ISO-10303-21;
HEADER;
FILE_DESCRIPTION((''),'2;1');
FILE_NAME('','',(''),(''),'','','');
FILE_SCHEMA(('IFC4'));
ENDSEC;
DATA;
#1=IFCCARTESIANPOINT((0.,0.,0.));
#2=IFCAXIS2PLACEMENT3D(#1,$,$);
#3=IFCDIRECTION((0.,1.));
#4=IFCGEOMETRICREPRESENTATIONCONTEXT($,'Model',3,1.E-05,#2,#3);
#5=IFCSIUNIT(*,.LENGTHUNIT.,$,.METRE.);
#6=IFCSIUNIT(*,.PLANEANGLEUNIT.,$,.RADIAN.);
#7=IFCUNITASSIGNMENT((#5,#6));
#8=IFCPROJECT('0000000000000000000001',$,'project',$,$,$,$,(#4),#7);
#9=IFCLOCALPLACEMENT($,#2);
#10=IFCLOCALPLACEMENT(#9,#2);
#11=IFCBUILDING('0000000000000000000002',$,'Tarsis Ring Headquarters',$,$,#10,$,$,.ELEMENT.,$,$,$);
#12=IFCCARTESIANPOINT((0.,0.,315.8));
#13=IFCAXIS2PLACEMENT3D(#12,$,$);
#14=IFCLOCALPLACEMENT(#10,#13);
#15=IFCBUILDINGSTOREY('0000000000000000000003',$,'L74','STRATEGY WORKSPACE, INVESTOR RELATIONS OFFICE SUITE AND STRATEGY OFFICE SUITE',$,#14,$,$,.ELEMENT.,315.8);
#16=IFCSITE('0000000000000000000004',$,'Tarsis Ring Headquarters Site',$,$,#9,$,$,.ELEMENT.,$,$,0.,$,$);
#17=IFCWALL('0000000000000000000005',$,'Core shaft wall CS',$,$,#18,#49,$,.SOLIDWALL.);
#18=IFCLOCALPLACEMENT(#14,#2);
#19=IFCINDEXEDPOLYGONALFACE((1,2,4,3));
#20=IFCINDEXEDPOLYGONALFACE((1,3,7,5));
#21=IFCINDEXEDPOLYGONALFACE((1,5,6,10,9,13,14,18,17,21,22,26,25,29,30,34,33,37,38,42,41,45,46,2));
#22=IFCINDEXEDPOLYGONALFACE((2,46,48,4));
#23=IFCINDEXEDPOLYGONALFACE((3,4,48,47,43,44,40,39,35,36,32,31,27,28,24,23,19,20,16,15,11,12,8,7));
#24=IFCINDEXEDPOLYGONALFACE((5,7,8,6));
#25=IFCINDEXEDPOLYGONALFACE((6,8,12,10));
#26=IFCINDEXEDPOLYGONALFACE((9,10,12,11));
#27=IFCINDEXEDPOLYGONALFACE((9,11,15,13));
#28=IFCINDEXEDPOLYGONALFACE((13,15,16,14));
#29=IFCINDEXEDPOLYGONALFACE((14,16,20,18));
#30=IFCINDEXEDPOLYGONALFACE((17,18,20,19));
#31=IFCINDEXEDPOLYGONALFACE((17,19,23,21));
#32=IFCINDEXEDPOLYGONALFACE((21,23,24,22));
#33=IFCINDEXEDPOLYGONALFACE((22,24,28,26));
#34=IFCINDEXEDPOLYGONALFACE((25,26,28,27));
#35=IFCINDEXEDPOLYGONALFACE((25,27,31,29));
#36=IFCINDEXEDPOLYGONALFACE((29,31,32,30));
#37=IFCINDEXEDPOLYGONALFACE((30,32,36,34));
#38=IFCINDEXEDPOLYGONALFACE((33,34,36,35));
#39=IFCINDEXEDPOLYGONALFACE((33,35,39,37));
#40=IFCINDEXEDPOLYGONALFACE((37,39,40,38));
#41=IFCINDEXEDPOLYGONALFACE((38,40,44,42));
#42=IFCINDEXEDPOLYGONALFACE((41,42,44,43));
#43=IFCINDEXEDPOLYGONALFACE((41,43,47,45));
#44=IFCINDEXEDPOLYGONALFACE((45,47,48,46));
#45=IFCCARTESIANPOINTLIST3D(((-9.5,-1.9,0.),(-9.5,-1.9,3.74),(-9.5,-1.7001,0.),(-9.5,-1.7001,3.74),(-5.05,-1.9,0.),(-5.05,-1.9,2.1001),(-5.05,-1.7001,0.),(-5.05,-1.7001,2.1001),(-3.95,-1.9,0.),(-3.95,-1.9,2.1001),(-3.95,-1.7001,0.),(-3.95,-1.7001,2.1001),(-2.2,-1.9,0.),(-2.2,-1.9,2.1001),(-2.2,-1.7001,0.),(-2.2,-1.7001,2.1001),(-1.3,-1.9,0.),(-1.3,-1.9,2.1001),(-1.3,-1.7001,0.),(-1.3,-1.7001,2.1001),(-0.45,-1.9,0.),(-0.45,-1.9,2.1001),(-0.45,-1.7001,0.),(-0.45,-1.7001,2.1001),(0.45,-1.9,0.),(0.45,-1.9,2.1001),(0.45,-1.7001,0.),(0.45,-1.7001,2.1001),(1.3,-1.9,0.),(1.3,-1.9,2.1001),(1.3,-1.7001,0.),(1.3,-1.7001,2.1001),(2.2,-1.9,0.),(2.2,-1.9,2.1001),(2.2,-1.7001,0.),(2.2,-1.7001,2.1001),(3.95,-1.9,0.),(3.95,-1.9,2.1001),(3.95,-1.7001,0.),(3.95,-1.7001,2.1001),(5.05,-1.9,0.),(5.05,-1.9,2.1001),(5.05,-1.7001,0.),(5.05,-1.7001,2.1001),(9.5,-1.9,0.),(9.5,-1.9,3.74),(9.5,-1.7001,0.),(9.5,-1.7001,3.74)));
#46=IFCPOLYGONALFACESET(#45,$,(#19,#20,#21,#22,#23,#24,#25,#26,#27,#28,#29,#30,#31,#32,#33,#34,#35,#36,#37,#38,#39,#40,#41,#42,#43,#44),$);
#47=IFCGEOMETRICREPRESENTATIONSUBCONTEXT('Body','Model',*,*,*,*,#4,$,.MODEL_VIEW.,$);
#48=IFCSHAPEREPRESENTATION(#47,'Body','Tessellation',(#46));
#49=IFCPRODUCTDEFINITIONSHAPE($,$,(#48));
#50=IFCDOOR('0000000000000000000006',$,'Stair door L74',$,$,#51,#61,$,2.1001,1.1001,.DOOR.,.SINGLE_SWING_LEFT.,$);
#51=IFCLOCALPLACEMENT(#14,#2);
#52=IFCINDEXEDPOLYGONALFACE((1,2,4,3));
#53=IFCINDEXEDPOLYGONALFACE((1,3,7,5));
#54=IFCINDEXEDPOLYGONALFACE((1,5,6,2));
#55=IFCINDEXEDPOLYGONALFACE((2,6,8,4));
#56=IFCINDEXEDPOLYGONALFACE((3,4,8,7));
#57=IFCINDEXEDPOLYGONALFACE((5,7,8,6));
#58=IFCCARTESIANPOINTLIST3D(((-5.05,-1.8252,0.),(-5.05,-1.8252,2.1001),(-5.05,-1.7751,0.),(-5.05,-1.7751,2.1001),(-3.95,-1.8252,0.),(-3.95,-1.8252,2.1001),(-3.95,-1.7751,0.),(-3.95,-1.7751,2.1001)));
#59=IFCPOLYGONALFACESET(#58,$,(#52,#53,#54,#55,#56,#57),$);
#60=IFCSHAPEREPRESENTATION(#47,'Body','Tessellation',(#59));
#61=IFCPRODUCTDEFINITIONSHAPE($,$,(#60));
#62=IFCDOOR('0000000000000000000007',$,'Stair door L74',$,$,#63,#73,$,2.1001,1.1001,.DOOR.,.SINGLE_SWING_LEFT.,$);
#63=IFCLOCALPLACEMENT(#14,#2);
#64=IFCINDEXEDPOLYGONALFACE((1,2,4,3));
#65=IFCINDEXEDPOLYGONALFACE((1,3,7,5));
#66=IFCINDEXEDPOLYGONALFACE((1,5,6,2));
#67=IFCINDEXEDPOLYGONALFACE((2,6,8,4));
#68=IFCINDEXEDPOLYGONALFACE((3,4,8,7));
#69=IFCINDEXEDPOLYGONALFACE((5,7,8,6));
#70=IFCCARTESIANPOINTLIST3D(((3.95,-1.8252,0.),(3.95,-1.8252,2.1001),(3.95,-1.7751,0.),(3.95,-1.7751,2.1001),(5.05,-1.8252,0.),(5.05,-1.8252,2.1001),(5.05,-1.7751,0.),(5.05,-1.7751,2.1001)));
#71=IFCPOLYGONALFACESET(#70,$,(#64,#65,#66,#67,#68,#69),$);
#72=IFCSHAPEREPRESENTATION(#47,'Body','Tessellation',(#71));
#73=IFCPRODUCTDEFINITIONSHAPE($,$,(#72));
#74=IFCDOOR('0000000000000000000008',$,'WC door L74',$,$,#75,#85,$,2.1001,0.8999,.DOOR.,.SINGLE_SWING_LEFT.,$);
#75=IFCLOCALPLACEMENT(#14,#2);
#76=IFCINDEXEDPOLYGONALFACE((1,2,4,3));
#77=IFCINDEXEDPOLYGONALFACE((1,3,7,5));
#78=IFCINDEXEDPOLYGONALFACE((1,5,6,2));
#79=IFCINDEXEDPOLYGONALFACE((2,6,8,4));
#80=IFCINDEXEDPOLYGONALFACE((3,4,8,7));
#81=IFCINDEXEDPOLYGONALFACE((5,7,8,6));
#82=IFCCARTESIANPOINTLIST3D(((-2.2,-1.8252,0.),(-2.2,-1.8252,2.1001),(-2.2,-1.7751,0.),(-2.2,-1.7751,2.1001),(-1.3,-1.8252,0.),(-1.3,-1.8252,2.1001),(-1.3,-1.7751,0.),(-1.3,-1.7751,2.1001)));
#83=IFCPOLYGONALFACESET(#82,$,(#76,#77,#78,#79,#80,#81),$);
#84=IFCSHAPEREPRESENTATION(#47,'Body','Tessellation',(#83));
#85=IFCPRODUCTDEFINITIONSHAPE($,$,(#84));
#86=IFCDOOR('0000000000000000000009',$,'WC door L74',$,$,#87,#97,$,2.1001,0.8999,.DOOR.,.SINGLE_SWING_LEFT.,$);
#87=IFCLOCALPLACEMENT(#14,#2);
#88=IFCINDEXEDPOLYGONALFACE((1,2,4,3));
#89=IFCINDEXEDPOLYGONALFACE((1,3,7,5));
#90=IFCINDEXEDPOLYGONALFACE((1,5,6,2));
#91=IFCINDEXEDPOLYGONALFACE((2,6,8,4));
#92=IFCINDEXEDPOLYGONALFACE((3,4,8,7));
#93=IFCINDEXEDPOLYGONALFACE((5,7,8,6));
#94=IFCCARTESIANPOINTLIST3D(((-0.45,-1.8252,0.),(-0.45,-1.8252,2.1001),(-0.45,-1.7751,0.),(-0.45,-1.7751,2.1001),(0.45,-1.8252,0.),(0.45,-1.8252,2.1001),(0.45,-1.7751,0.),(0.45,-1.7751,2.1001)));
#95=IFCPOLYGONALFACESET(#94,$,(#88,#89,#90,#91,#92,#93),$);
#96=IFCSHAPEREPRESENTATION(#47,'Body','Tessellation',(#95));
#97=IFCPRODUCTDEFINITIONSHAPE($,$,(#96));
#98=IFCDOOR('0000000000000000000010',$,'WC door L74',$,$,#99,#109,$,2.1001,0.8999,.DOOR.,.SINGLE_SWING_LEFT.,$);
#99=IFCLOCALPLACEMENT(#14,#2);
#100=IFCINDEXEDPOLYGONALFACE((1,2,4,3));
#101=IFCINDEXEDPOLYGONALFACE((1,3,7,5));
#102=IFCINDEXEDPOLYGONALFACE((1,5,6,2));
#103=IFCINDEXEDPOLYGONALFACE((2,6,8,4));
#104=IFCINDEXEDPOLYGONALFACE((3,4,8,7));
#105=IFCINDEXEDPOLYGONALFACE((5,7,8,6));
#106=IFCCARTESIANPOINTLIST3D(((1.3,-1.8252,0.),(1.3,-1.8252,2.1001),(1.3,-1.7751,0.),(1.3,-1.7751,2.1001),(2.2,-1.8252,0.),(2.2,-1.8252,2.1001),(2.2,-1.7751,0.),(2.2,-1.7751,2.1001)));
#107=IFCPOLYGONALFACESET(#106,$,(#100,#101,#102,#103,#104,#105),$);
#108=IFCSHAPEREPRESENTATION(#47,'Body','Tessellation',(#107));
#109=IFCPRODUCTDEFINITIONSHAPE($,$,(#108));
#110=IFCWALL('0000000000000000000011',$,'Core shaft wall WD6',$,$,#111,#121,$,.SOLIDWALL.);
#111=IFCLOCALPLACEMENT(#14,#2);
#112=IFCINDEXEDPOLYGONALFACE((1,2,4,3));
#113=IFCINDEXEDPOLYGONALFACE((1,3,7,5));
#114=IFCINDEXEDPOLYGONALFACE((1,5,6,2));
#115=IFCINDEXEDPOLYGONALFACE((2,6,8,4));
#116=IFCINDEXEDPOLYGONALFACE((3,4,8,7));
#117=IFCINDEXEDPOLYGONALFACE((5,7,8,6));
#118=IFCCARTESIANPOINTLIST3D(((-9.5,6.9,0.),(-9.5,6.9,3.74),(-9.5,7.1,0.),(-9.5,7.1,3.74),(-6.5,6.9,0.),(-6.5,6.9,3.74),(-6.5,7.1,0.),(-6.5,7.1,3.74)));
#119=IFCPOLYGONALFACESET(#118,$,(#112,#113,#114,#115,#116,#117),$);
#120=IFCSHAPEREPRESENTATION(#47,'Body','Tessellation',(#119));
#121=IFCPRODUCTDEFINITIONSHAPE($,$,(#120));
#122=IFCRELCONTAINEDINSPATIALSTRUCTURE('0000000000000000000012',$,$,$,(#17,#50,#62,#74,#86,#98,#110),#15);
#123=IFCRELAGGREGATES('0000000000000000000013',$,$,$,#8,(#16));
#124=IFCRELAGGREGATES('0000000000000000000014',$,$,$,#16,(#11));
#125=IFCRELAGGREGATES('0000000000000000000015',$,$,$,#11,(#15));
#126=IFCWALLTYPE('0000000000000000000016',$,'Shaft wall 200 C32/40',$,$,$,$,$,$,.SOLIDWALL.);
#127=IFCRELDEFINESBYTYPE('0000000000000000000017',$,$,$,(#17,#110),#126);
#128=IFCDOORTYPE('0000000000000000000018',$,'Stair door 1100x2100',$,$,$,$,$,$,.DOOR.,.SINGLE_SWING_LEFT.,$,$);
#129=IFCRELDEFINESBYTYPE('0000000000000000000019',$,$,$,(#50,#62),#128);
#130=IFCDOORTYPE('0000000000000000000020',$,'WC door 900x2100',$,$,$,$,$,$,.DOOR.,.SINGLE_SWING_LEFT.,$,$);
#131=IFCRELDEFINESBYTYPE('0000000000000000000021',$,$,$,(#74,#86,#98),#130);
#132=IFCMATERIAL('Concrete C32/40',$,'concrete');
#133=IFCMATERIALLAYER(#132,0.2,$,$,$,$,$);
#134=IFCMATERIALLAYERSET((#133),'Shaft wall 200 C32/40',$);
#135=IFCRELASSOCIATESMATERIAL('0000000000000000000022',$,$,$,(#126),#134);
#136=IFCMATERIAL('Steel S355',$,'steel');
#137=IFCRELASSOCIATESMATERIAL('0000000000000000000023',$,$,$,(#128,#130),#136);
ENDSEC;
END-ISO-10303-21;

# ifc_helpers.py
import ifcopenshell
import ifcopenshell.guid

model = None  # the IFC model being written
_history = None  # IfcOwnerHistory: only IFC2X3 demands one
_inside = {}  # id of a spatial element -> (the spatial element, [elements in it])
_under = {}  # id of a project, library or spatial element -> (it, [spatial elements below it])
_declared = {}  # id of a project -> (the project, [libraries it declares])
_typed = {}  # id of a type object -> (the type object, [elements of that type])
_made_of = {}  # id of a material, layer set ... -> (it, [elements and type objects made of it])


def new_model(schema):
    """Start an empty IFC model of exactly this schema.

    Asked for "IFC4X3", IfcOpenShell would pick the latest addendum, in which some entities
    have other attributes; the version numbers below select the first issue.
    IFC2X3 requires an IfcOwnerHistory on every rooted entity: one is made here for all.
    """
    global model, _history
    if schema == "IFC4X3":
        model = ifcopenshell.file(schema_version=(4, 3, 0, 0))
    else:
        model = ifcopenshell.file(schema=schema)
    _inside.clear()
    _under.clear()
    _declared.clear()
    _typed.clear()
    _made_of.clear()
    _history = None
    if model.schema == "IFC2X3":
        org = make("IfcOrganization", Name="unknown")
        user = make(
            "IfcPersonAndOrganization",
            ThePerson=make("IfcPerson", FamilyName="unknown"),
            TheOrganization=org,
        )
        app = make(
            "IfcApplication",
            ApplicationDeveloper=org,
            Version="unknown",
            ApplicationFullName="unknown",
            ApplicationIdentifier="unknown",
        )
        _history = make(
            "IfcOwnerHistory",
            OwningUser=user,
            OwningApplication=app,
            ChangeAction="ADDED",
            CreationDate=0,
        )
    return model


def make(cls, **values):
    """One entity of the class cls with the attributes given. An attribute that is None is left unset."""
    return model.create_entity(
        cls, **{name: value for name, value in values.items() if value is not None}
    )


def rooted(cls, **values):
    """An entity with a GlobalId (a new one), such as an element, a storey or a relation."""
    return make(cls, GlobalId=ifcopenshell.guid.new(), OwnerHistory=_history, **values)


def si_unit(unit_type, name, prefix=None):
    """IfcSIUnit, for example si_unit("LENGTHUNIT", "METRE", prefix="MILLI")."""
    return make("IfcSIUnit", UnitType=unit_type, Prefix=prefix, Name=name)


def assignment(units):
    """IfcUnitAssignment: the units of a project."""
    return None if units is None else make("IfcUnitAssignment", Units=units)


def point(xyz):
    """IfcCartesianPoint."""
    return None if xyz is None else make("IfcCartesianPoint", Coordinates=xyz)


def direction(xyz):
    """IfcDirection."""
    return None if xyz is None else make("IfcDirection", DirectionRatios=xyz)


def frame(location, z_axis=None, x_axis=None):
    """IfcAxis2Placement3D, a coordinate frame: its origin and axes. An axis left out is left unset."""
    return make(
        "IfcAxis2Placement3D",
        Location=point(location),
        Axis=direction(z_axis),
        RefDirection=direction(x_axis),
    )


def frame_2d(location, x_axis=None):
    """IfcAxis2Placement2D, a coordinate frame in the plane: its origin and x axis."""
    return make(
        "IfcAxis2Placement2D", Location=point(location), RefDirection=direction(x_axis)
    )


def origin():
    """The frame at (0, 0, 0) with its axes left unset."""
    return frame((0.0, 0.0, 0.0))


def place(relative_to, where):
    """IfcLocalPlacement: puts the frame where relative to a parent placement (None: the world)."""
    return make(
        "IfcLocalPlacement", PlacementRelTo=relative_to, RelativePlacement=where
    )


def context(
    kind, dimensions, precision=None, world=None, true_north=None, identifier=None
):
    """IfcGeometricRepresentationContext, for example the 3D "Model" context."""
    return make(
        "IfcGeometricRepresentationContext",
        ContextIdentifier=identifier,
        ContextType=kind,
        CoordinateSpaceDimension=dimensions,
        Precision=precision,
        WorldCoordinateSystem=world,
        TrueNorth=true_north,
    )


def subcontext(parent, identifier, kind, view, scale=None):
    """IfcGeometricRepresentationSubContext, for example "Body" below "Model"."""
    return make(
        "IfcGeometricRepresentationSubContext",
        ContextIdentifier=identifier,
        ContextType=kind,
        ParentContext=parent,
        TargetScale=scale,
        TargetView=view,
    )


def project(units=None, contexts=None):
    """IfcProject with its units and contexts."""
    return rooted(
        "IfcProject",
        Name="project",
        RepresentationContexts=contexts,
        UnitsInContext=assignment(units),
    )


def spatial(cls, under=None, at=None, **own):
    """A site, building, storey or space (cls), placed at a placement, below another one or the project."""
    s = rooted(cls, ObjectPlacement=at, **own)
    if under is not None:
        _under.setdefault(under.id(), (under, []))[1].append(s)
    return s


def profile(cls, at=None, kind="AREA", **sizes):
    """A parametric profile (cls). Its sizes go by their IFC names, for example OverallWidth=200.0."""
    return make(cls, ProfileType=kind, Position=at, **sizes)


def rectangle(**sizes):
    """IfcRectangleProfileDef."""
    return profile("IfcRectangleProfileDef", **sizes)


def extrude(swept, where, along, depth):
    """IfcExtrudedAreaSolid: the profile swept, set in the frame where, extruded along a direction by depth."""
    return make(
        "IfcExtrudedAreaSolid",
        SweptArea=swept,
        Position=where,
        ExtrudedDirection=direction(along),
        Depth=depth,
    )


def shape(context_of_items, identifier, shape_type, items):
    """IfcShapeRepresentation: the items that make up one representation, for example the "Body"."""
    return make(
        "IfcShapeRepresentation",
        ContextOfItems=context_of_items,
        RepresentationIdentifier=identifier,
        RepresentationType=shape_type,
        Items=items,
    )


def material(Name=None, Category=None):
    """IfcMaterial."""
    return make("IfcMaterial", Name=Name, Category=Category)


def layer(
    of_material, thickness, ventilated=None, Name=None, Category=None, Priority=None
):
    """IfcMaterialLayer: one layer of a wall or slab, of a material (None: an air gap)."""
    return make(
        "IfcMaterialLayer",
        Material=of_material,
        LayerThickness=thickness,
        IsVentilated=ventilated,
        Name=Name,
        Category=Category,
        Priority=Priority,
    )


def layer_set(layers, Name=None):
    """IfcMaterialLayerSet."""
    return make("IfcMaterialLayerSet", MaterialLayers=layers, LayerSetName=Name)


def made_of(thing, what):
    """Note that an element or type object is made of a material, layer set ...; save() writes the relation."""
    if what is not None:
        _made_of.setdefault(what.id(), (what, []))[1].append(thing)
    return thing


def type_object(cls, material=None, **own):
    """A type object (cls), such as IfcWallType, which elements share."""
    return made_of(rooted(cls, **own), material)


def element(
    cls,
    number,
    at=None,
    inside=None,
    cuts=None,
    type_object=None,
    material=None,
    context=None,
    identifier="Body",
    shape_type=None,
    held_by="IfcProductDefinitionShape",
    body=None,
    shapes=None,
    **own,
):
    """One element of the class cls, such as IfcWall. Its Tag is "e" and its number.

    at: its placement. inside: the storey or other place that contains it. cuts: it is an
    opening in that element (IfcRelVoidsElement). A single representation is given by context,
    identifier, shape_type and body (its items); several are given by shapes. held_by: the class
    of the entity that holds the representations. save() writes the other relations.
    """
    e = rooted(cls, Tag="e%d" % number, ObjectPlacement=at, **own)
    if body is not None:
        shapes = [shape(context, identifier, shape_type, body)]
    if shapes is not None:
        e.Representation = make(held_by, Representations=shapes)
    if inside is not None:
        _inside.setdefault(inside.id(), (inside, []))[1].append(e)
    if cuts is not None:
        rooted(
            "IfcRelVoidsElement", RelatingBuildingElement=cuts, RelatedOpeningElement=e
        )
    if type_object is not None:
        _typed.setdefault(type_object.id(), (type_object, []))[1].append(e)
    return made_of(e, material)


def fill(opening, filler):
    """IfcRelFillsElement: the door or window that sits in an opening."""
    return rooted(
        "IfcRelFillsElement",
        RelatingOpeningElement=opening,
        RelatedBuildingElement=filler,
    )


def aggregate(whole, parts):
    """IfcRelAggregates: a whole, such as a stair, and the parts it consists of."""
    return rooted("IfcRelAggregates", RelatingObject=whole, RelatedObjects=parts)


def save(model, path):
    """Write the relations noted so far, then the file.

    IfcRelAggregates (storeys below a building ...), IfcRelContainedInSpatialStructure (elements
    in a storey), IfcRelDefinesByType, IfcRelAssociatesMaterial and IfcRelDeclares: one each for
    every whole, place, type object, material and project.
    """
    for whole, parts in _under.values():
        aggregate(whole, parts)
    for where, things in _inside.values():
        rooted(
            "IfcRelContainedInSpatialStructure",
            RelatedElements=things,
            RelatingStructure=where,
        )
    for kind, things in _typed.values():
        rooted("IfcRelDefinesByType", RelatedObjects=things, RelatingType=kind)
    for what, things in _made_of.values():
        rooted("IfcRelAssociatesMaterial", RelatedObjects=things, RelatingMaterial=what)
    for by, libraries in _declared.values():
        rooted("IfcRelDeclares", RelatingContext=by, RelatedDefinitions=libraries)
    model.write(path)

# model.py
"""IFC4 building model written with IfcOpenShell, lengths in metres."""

from ifc_helpers import new_model, si_unit, direction, frame, frame_2d, origin, place, context, subcontext, project, spatial, rectangle, extrude, material, layer, layer_set, type_object, element, fill, save


model = new_model("IFC4")

# Units and contexts
model_context = context("Model", 3, precision=1e-05, world=origin(), true_north=direction((0.0, 1.0)))
body_context = subcontext(model_context, "Body", "Model", "MODEL_VIEW")
ifc_project = project(units=[si_unit("LENGTHUNIT", "METRE"), si_unit("PLANEANGLEUNIT", "RADIAN")], contexts=[model_context])

# Site, building, storey
site_placement = place(None, origin())
site = spatial("IfcSite", under=ifc_project, at=site_placement, Name="Tarsis Ring Headquarters Site", CompositionType="ELEMENT", RefElevation=0.0)
building_placement = place(site_placement, origin())
building = spatial("IfcBuilding", under=site, at=building_placement, Name="Tarsis Ring Headquarters", CompositionType="ELEMENT")
storey_placement = place(building_placement, frame((0.0, 0.0, 315.8)))
storey = spatial("IfcBuildingStorey", under=building, at=storey_placement, Name="L74", Description="STRATEGY WORKSPACE, INVESTOR RELATIONS OFFICE SUITE AND STRATEGY OFFICE SUITE", CompositionType="ELEMENT", Elevation=315.8)

# Wall, openings, doors
ifc_material_1 = material(Name="Concrete C32/40", Category="concrete")
ifc_layer_1 = layer(ifc_material_1, 0.2)
ifc_layer_set_1 = layer_set([ifc_layer_1], Name="Shaft wall 200 C32/40")
wall_type_1 = type_object("IfcWallType", Name="Shaft wall 200 C32/40", PredefinedType="SOLIDWALL", material=ifc_layer_set_1)
ifc_material_2 = material(Name="Steel S355", Category="steel")
door_type_1 = type_object("IfcDoorType", Name="Stair door 1100x2100", OperationType="SINGLE_SWING_LEFT", PredefinedType="DOOR", material=ifc_material_2)
wall_1_placement = place(storey_placement, frame((-9.5, -1.8, 0.0), z_axis=(0.0, 0.0, 1.0), x_axis=(1.0, 0.0, 0.0)))
wall_1 = element("IfcWall", 1, at=wall_1_placement, inside=storey, type_object=wall_type_1, Name="Core shaft wall CS", PredefinedType="SOLIDWALL", context=body_context, shape_type="SweptSolid", body=[
    extrude(rectangle(XDim=19.0, YDim=0.2, at=frame_2d((9.5, 0.0))), origin(), (0.0, 0.0, 1.0), 3.74),
])
opening_1_placement = place(wall_1_placement, frame((4.45, 0.0, 0.0)))
opening_1 = element("IfcOpeningElement", 2, at=opening_1_placement, cuts=wall_1, PredefinedType="OPENING", context=body_context, shape_type="SweptSolid", body=[
    extrude(rectangle(XDim=1.1001, YDim=2.1001, at=frame_2d((0.55, 1.05))), frame((0.0, 0.1099, 0.0), z_axis=(0.0, -1.0, 0.0), x_axis=(1.0, 0.0, 0.0)), (0.0, 0.0, 1.0), 0.22),
])
opening_2_placement = place(wall_1_placement, frame((7.3, 0.0, 0.0)))
opening_2 = element("IfcOpeningElement", 3, at=opening_2_placement, cuts=wall_1, PredefinedType="OPENING", context=body_context, shape_type="SweptSolid", body=[
    extrude(rectangle(XDim=0.8999, YDim=2.1001, at=frame_2d((0.45, 1.05))), frame((0.0, 0.1099, 0.0), z_axis=(0.0, -1.0, 0.0), x_axis=(1.0, 0.0, 0.0)), (0.0, 0.0, 1.0), 0.22),
])
opening_3_placement = place(wall_1_placement, frame((9.05, 0.0, 0.0)))
opening_3 = element("IfcOpeningElement", 4, at=opening_3_placement, cuts=wall_1, PredefinedType="OPENING", context=body_context, shape_type="SweptSolid", body=[
    extrude(rectangle(XDim=0.8999, YDim=2.1001, at=frame_2d((0.45, 1.05))), frame((0.0, 0.1099, 0.0), z_axis=(0.0, -1.0, 0.0), x_axis=(1.0, 0.0, 0.0)), (0.0, 0.0, 1.0), 0.22),
])
opening_4_placement = place(wall_1_placement, frame((10.8, 0.0, 0.0)))
opening_4 = element("IfcOpeningElement", 5, at=opening_4_placement, cuts=wall_1, PredefinedType="OPENING", context=body_context, shape_type="SweptSolid", body=[
    extrude(rectangle(XDim=0.8999, YDim=2.1001, at=frame_2d((0.45, 1.05))), frame((0.0, 0.1099, 0.0), z_axis=(0.0, -1.0, 0.0), x_axis=(1.0, 0.0, 0.0)), (0.0, 0.0, 1.0), 0.22),
])
opening_5_placement = place(wall_1_placement, frame((13.45, 0.0, 0.0)))
opening_5 = element("IfcOpeningElement", 6, at=opening_5_placement, cuts=wall_1, PredefinedType="OPENING", context=body_context, shape_type="SweptSolid", body=[
    extrude(rectangle(XDim=1.1001, YDim=2.1001, at=frame_2d((0.55, 1.05))), frame((0.0, 0.1099, 0.0), z_axis=(0.0, -1.0, 0.0), x_axis=(1.0, 0.0, 0.0)), (0.0, 0.0, 1.0), 0.22),
])
door_1_placement = place(opening_1_placement, origin())
door_1 = element("IfcDoor", 7, at=door_1_placement, inside=storey, type_object=door_type_1, Name="Stair door L74", OperationType="SINGLE_SWING_LEFT", OverallHeight=2.1001, OverallWidth=1.1001, PredefinedType="DOOR", context=body_context, shape_type="SweptSolid", body=[
    extrude(rectangle(XDim=1.1001, YDim=2.1001, at=frame_2d((0.55, 1.05))), frame((0.0, 0.0249, 0.0), z_axis=(0.0, -1.0, 0.0), x_axis=(1.0, 0.0, 0.0)), (0.0, 0.0, 1.0), 0.05),
])
fill(opening_1, door_1)
door_2_placement = place(opening_5_placement, origin())
door_2 = element("IfcDoor", 8, at=door_2_placement, inside=storey, type_object=door_type_1, Name="Stair door L74", OperationType="SINGLE_SWING_LEFT", OverallHeight=2.1001, OverallWidth=1.1001, PredefinedType="DOOR", context=body_context, shape_type="SweptSolid", body=[
    extrude(rectangle(XDim=1.1001, YDim=2.1001, at=frame_2d((0.55, 1.05))), frame((0.0, 0.0249, 0.0), z_axis=(0.0, -1.0, 0.0), x_axis=(1.0, 0.0, 0.0)), (0.0, 0.0, 1.0), 0.05),
])
fill(opening_5, door_2)
door_type_2 = type_object("IfcDoorType", Name="WC door 900x2100", OperationType="SINGLE_SWING_LEFT", PredefinedType="DOOR", material=ifc_material_2)
door_3_placement = place(opening_2_placement, origin())
door_3 = element("IfcDoor", 9, at=door_3_placement, inside=storey, type_object=door_type_2, Name="WC door L74", OperationType="SINGLE_SWING_LEFT", OverallHeight=2.1001, OverallWidth=0.8999, PredefinedType="DOOR", context=body_context, shape_type="SweptSolid", body=[
    extrude(rectangle(XDim=0.8999, YDim=2.1001, at=frame_2d((0.45, 1.05))), frame((0.0, 0.0249, 0.0), z_axis=(0.0, -1.0, 0.0), x_axis=(1.0, 0.0, 0.0)), (0.0, 0.0, 1.0), 0.05),
])
fill(opening_2, door_3)
door_4_placement = place(opening_3_placement, origin())
door_4 = element("IfcDoor", 10, at=door_4_placement, inside=storey, type_object=door_type_2, Name="WC door L74", OperationType="SINGLE_SWING_LEFT", OverallHeight=2.1001, OverallWidth=0.8999, PredefinedType="DOOR", context=body_context, shape_type="SweptSolid", body=[
    extrude(rectangle(XDim=0.8999, YDim=2.1001, at=frame_2d((0.45, 1.05))), frame((0.0, 0.0249, 0.0), z_axis=(0.0, -1.0, 0.0), x_axis=(1.0, 0.0, 0.0)), (0.0, 0.0, 1.0), 0.05),
])
fill(opening_3, door_4)
door_5_placement = place(opening_4_placement, origin())
door_5 = element("IfcDoor", 11, at=door_5_placement, inside=storey, type_object=door_type_2, Name="WC door L74", OperationType="SINGLE_SWING_LEFT", OverallHeight=2.1001, OverallWidth=0.8999, PredefinedType="DOOR", context=body_context, shape_type="SweptSolid", body=[
    extrude(rectangle(XDim=0.8999, YDim=2.1001, at=frame_2d((0.45, 1.05))), frame((0.0, 0.0249, 0.0), z_axis=(0.0, -1.0, 0.0), x_axis=(1.0, 0.0, 0.0)), (0.0, 0.0, 1.0), 0.05),
])
fill(opening_4, door_5)

# Wall
wall_2_placement = place(storey_placement, frame((-9.5, 7.0, 0.0), z_axis=(0.0, 0.0, 1.0), x_axis=(1.0, 0.0, 0.0)))
element("IfcWall", 12, at=wall_2_placement, inside=storey, type_object=wall_type_1, Name="Core shaft wall WD6", PredefinedType="SOLIDWALL", context=body_context, shape_type="SweptSolid", body=[
    extrude(rectangle(XDim=3.0, YDim=0.2, at=frame_2d((1.5, 0.0))), origin(), (0.0, 0.0, 1.0), 3.74),
])

save(model, "model.ifc")
